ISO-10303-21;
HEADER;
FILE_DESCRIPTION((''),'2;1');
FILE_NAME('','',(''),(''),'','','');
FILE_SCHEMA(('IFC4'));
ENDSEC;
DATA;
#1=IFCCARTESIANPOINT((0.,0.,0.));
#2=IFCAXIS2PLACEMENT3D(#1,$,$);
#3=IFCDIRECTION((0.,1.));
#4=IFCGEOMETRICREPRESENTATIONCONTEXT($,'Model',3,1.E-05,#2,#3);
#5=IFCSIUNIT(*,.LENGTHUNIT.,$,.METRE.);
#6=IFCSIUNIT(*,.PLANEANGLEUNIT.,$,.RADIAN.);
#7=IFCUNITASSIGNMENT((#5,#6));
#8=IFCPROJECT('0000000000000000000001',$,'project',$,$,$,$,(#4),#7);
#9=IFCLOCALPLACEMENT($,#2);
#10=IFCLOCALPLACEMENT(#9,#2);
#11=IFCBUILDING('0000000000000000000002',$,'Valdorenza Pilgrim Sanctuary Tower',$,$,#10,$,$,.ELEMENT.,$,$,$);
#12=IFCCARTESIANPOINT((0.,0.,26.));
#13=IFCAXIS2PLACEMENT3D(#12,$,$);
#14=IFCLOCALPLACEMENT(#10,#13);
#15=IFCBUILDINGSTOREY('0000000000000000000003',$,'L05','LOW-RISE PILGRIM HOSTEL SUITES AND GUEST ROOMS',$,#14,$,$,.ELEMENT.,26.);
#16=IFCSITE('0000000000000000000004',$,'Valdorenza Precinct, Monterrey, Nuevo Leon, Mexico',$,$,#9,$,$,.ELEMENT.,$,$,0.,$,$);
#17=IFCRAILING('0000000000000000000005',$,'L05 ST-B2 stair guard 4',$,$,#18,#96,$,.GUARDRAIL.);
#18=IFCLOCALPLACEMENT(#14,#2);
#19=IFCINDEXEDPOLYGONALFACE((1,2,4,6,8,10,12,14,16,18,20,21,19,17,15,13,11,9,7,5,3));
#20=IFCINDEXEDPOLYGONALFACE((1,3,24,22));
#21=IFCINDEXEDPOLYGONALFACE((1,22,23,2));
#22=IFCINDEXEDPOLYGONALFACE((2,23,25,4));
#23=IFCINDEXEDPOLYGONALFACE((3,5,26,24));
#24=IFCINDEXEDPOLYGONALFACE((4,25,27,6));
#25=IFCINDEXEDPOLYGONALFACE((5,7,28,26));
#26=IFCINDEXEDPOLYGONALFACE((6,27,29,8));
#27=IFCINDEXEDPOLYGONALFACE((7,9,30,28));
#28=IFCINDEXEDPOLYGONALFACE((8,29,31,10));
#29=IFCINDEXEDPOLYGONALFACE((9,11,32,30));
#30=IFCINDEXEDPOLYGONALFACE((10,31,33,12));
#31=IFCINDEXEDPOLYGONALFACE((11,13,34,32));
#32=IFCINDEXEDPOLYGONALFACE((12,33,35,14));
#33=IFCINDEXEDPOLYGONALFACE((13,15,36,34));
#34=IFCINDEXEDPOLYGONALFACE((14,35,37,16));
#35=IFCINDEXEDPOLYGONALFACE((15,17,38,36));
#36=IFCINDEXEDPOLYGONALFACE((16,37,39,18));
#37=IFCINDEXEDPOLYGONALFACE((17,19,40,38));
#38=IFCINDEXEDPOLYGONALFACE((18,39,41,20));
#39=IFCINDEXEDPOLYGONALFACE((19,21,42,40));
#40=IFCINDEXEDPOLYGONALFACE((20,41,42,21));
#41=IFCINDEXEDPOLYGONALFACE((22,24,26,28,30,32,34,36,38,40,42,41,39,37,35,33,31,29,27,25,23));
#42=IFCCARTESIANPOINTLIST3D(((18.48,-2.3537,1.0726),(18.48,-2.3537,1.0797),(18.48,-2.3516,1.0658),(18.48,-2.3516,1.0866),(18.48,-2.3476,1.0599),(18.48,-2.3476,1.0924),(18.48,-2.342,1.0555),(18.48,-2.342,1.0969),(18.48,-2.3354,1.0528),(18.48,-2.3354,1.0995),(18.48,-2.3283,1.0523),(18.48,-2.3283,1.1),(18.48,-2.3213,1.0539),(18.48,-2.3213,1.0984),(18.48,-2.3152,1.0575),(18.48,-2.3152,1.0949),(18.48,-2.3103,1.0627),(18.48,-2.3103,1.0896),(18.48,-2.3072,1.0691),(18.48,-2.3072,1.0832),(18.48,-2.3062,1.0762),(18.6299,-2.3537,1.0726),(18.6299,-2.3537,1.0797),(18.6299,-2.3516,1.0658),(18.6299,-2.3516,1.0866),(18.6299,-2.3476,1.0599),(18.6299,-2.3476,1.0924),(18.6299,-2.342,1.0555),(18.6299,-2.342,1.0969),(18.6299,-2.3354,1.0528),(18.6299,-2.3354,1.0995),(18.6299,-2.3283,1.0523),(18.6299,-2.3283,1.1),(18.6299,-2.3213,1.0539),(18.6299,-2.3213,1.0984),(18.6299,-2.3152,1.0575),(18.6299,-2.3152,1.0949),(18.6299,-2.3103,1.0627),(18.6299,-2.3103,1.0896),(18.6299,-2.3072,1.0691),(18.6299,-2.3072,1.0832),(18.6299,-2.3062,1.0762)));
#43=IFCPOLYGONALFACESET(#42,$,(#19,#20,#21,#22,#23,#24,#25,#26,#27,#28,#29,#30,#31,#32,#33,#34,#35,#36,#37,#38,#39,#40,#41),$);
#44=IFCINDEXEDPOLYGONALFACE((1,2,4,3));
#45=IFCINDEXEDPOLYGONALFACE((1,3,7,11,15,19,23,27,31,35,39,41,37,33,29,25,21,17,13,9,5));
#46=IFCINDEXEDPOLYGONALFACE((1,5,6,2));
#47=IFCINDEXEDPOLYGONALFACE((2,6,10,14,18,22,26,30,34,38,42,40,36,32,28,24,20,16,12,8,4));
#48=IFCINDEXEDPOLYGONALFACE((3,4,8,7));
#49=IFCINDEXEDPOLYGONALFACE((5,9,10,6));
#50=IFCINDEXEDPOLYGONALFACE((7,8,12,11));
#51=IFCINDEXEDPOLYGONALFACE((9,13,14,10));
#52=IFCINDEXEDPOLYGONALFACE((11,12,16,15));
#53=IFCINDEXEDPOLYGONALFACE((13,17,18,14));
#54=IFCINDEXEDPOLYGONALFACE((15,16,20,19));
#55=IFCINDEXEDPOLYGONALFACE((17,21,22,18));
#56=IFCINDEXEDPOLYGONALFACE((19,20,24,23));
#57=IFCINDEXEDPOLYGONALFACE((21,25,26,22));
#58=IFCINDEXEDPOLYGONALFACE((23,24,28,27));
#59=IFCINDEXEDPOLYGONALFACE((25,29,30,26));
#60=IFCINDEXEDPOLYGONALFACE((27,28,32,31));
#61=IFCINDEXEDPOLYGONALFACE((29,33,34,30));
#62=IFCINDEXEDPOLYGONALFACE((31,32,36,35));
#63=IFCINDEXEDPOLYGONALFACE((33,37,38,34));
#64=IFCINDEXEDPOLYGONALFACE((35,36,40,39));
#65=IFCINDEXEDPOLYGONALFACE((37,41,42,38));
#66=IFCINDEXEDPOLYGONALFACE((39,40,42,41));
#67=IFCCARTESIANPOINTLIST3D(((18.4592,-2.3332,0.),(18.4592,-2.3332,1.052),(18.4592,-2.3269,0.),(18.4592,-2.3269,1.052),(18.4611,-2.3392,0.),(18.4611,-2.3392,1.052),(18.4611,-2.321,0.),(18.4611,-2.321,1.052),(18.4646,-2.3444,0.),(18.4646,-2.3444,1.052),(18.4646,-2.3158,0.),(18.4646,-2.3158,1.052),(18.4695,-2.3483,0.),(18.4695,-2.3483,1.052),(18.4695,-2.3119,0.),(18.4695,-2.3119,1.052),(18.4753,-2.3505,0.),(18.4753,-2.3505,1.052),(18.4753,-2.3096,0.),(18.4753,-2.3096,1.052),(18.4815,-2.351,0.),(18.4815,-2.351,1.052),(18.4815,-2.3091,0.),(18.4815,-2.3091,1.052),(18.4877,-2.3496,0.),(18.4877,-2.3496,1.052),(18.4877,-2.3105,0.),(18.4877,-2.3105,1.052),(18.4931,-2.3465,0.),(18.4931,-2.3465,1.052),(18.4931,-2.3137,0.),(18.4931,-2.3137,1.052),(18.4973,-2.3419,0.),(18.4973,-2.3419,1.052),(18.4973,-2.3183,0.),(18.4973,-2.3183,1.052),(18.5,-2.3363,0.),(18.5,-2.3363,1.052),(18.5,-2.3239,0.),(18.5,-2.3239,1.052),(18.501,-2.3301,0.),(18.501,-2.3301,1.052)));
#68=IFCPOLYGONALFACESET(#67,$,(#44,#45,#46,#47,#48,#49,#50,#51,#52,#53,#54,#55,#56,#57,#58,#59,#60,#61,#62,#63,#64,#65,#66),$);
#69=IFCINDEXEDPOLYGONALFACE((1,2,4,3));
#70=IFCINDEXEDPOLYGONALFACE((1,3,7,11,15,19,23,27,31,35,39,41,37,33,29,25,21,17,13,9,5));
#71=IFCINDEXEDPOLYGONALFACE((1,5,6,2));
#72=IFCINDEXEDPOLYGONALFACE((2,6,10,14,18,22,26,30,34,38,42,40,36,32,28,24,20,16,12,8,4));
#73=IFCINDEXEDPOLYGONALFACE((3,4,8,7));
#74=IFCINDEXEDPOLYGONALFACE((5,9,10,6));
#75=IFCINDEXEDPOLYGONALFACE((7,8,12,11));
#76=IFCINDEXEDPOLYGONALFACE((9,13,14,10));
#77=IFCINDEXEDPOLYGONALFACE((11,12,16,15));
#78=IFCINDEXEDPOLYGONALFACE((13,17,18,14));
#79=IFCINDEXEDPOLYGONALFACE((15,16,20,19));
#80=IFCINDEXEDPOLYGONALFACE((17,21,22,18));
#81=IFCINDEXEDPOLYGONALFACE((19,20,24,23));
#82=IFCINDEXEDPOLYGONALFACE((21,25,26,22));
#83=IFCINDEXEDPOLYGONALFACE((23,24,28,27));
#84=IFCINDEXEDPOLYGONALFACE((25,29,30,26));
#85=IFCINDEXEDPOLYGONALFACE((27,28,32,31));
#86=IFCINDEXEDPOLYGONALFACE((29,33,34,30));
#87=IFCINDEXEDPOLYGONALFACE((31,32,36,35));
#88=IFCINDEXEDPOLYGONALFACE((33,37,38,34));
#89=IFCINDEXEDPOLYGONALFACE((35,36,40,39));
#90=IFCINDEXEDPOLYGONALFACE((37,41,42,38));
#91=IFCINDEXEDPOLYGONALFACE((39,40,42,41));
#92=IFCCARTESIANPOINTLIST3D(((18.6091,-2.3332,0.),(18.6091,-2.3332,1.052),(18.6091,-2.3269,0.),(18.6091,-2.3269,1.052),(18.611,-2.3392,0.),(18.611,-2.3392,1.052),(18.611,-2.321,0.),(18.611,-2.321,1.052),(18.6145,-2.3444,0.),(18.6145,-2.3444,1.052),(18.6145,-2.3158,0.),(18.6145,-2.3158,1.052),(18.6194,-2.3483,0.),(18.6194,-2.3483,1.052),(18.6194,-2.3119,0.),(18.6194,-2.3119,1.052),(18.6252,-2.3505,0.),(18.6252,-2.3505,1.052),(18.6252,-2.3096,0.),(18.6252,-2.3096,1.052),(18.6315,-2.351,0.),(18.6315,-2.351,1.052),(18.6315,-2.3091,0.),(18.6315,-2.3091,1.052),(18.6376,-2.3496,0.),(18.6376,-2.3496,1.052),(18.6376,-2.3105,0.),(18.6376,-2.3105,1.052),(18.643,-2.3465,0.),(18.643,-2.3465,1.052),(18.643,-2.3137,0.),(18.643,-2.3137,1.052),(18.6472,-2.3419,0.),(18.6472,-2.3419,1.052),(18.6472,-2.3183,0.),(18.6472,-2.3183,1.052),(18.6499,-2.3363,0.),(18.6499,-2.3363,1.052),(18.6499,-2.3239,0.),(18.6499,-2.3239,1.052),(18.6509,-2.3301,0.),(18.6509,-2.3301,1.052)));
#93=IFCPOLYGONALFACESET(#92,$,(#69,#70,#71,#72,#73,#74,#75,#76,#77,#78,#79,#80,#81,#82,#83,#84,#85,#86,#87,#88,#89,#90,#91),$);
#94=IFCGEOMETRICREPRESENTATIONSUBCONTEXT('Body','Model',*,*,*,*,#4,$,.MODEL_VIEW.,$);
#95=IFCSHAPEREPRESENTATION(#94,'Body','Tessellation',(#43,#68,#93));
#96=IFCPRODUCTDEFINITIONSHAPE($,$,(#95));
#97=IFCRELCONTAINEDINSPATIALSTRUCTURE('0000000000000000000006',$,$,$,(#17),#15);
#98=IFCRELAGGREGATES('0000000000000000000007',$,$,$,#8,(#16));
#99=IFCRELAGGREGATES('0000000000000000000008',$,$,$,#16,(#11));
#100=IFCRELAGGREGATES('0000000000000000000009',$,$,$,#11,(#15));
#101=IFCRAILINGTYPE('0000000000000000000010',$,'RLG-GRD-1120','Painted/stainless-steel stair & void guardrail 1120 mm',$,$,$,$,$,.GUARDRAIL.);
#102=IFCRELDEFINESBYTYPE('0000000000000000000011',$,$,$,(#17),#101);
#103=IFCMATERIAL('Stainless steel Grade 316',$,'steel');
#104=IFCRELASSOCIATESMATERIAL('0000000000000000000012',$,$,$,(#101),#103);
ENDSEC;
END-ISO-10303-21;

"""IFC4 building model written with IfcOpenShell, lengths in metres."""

from ifc_helpers import new_model, si_unit, direction, frame, origin, origin_2d, place, context, subcontext, project, spatial, circle, extrude, material, type_object, element, save


model = new_model("IFC4")

# Units and contexts
model_context = context("Model", 3, precision=1e-05, world=origin(), true_north=direction((0.0, 1.0)))
body_context = subcontext(model_context, "Body", "Model", "MODEL_VIEW")
ifc_project = project(units=[si_unit("LENGTHUNIT", "METRE"), si_unit("PLANEANGLEUNIT", "RADIAN")], contexts=[model_context])

# Site, building, storey
site_placement = place(None, origin())
site = spatial("IfcSite", under=ifc_project, at=site_placement, Name="Valdorenza Precinct, Monterrey, Nuevo Leon, Mexico", CompositionType="ELEMENT", RefElevation=0.0)
building_placement = place(site_placement, origin())
building = spatial("IfcBuilding", under=site, at=building_placement, Name="Valdorenza Pilgrim Sanctuary Tower", CompositionType="ELEMENT")
storey_placement = place(building_placement, frame((0.0, 0.0, 26.0)))
storey = spatial("IfcBuildingStorey", under=building, at=storey_placement, Name="L05", Description="LOW-RISE PILGRIM HOSTEL SUITES AND GUEST ROOMS", CompositionType="ELEMENT", Elevation=26.0)

# Railing
ifc_material_1 = material(Name="Stainless steel Grade 316", Category="steel")
railing_type_1 = type_object("IfcRailingType", Name="RLG-GRD-1120", Description="Painted/stainless-steel stair & void guardrail 1120 mm", PredefinedType="GUARDRAIL", material=ifc_material_1)
railing_1_placement = place(storey_placement, frame((18.48, -2.3301, 0.0)))
element("IfcRailing", 1, at=railing_1_placement, inside=storey, type_object=railing_type_1, Name="L05 ST-B2 stair guard 4", PredefinedType="GUARDRAIL", context=body_context, shape_type="SweptSolid", body=[
    extrude(circle(Radius=0.0239, at=origin_2d()), frame((0.0, 0.0, 1.0762), z_axis=(1.0, 0.0, 0.0), x_axis=(0.0, 1.0, 0.0)), (0.0, 0.0, 1.0), 0.1499),
    extrude(circle(Radius=0.021, at=origin_2d()), origin(), (0.0, 0.0, 1.0), 1.052),
    extrude(circle(Radius=0.021, at=origin_2d()), frame((0.1499, 0.0, 0.0)), (0.0, 0.0, 1.0), 1.052),
])

save(model, "model.ifc")
